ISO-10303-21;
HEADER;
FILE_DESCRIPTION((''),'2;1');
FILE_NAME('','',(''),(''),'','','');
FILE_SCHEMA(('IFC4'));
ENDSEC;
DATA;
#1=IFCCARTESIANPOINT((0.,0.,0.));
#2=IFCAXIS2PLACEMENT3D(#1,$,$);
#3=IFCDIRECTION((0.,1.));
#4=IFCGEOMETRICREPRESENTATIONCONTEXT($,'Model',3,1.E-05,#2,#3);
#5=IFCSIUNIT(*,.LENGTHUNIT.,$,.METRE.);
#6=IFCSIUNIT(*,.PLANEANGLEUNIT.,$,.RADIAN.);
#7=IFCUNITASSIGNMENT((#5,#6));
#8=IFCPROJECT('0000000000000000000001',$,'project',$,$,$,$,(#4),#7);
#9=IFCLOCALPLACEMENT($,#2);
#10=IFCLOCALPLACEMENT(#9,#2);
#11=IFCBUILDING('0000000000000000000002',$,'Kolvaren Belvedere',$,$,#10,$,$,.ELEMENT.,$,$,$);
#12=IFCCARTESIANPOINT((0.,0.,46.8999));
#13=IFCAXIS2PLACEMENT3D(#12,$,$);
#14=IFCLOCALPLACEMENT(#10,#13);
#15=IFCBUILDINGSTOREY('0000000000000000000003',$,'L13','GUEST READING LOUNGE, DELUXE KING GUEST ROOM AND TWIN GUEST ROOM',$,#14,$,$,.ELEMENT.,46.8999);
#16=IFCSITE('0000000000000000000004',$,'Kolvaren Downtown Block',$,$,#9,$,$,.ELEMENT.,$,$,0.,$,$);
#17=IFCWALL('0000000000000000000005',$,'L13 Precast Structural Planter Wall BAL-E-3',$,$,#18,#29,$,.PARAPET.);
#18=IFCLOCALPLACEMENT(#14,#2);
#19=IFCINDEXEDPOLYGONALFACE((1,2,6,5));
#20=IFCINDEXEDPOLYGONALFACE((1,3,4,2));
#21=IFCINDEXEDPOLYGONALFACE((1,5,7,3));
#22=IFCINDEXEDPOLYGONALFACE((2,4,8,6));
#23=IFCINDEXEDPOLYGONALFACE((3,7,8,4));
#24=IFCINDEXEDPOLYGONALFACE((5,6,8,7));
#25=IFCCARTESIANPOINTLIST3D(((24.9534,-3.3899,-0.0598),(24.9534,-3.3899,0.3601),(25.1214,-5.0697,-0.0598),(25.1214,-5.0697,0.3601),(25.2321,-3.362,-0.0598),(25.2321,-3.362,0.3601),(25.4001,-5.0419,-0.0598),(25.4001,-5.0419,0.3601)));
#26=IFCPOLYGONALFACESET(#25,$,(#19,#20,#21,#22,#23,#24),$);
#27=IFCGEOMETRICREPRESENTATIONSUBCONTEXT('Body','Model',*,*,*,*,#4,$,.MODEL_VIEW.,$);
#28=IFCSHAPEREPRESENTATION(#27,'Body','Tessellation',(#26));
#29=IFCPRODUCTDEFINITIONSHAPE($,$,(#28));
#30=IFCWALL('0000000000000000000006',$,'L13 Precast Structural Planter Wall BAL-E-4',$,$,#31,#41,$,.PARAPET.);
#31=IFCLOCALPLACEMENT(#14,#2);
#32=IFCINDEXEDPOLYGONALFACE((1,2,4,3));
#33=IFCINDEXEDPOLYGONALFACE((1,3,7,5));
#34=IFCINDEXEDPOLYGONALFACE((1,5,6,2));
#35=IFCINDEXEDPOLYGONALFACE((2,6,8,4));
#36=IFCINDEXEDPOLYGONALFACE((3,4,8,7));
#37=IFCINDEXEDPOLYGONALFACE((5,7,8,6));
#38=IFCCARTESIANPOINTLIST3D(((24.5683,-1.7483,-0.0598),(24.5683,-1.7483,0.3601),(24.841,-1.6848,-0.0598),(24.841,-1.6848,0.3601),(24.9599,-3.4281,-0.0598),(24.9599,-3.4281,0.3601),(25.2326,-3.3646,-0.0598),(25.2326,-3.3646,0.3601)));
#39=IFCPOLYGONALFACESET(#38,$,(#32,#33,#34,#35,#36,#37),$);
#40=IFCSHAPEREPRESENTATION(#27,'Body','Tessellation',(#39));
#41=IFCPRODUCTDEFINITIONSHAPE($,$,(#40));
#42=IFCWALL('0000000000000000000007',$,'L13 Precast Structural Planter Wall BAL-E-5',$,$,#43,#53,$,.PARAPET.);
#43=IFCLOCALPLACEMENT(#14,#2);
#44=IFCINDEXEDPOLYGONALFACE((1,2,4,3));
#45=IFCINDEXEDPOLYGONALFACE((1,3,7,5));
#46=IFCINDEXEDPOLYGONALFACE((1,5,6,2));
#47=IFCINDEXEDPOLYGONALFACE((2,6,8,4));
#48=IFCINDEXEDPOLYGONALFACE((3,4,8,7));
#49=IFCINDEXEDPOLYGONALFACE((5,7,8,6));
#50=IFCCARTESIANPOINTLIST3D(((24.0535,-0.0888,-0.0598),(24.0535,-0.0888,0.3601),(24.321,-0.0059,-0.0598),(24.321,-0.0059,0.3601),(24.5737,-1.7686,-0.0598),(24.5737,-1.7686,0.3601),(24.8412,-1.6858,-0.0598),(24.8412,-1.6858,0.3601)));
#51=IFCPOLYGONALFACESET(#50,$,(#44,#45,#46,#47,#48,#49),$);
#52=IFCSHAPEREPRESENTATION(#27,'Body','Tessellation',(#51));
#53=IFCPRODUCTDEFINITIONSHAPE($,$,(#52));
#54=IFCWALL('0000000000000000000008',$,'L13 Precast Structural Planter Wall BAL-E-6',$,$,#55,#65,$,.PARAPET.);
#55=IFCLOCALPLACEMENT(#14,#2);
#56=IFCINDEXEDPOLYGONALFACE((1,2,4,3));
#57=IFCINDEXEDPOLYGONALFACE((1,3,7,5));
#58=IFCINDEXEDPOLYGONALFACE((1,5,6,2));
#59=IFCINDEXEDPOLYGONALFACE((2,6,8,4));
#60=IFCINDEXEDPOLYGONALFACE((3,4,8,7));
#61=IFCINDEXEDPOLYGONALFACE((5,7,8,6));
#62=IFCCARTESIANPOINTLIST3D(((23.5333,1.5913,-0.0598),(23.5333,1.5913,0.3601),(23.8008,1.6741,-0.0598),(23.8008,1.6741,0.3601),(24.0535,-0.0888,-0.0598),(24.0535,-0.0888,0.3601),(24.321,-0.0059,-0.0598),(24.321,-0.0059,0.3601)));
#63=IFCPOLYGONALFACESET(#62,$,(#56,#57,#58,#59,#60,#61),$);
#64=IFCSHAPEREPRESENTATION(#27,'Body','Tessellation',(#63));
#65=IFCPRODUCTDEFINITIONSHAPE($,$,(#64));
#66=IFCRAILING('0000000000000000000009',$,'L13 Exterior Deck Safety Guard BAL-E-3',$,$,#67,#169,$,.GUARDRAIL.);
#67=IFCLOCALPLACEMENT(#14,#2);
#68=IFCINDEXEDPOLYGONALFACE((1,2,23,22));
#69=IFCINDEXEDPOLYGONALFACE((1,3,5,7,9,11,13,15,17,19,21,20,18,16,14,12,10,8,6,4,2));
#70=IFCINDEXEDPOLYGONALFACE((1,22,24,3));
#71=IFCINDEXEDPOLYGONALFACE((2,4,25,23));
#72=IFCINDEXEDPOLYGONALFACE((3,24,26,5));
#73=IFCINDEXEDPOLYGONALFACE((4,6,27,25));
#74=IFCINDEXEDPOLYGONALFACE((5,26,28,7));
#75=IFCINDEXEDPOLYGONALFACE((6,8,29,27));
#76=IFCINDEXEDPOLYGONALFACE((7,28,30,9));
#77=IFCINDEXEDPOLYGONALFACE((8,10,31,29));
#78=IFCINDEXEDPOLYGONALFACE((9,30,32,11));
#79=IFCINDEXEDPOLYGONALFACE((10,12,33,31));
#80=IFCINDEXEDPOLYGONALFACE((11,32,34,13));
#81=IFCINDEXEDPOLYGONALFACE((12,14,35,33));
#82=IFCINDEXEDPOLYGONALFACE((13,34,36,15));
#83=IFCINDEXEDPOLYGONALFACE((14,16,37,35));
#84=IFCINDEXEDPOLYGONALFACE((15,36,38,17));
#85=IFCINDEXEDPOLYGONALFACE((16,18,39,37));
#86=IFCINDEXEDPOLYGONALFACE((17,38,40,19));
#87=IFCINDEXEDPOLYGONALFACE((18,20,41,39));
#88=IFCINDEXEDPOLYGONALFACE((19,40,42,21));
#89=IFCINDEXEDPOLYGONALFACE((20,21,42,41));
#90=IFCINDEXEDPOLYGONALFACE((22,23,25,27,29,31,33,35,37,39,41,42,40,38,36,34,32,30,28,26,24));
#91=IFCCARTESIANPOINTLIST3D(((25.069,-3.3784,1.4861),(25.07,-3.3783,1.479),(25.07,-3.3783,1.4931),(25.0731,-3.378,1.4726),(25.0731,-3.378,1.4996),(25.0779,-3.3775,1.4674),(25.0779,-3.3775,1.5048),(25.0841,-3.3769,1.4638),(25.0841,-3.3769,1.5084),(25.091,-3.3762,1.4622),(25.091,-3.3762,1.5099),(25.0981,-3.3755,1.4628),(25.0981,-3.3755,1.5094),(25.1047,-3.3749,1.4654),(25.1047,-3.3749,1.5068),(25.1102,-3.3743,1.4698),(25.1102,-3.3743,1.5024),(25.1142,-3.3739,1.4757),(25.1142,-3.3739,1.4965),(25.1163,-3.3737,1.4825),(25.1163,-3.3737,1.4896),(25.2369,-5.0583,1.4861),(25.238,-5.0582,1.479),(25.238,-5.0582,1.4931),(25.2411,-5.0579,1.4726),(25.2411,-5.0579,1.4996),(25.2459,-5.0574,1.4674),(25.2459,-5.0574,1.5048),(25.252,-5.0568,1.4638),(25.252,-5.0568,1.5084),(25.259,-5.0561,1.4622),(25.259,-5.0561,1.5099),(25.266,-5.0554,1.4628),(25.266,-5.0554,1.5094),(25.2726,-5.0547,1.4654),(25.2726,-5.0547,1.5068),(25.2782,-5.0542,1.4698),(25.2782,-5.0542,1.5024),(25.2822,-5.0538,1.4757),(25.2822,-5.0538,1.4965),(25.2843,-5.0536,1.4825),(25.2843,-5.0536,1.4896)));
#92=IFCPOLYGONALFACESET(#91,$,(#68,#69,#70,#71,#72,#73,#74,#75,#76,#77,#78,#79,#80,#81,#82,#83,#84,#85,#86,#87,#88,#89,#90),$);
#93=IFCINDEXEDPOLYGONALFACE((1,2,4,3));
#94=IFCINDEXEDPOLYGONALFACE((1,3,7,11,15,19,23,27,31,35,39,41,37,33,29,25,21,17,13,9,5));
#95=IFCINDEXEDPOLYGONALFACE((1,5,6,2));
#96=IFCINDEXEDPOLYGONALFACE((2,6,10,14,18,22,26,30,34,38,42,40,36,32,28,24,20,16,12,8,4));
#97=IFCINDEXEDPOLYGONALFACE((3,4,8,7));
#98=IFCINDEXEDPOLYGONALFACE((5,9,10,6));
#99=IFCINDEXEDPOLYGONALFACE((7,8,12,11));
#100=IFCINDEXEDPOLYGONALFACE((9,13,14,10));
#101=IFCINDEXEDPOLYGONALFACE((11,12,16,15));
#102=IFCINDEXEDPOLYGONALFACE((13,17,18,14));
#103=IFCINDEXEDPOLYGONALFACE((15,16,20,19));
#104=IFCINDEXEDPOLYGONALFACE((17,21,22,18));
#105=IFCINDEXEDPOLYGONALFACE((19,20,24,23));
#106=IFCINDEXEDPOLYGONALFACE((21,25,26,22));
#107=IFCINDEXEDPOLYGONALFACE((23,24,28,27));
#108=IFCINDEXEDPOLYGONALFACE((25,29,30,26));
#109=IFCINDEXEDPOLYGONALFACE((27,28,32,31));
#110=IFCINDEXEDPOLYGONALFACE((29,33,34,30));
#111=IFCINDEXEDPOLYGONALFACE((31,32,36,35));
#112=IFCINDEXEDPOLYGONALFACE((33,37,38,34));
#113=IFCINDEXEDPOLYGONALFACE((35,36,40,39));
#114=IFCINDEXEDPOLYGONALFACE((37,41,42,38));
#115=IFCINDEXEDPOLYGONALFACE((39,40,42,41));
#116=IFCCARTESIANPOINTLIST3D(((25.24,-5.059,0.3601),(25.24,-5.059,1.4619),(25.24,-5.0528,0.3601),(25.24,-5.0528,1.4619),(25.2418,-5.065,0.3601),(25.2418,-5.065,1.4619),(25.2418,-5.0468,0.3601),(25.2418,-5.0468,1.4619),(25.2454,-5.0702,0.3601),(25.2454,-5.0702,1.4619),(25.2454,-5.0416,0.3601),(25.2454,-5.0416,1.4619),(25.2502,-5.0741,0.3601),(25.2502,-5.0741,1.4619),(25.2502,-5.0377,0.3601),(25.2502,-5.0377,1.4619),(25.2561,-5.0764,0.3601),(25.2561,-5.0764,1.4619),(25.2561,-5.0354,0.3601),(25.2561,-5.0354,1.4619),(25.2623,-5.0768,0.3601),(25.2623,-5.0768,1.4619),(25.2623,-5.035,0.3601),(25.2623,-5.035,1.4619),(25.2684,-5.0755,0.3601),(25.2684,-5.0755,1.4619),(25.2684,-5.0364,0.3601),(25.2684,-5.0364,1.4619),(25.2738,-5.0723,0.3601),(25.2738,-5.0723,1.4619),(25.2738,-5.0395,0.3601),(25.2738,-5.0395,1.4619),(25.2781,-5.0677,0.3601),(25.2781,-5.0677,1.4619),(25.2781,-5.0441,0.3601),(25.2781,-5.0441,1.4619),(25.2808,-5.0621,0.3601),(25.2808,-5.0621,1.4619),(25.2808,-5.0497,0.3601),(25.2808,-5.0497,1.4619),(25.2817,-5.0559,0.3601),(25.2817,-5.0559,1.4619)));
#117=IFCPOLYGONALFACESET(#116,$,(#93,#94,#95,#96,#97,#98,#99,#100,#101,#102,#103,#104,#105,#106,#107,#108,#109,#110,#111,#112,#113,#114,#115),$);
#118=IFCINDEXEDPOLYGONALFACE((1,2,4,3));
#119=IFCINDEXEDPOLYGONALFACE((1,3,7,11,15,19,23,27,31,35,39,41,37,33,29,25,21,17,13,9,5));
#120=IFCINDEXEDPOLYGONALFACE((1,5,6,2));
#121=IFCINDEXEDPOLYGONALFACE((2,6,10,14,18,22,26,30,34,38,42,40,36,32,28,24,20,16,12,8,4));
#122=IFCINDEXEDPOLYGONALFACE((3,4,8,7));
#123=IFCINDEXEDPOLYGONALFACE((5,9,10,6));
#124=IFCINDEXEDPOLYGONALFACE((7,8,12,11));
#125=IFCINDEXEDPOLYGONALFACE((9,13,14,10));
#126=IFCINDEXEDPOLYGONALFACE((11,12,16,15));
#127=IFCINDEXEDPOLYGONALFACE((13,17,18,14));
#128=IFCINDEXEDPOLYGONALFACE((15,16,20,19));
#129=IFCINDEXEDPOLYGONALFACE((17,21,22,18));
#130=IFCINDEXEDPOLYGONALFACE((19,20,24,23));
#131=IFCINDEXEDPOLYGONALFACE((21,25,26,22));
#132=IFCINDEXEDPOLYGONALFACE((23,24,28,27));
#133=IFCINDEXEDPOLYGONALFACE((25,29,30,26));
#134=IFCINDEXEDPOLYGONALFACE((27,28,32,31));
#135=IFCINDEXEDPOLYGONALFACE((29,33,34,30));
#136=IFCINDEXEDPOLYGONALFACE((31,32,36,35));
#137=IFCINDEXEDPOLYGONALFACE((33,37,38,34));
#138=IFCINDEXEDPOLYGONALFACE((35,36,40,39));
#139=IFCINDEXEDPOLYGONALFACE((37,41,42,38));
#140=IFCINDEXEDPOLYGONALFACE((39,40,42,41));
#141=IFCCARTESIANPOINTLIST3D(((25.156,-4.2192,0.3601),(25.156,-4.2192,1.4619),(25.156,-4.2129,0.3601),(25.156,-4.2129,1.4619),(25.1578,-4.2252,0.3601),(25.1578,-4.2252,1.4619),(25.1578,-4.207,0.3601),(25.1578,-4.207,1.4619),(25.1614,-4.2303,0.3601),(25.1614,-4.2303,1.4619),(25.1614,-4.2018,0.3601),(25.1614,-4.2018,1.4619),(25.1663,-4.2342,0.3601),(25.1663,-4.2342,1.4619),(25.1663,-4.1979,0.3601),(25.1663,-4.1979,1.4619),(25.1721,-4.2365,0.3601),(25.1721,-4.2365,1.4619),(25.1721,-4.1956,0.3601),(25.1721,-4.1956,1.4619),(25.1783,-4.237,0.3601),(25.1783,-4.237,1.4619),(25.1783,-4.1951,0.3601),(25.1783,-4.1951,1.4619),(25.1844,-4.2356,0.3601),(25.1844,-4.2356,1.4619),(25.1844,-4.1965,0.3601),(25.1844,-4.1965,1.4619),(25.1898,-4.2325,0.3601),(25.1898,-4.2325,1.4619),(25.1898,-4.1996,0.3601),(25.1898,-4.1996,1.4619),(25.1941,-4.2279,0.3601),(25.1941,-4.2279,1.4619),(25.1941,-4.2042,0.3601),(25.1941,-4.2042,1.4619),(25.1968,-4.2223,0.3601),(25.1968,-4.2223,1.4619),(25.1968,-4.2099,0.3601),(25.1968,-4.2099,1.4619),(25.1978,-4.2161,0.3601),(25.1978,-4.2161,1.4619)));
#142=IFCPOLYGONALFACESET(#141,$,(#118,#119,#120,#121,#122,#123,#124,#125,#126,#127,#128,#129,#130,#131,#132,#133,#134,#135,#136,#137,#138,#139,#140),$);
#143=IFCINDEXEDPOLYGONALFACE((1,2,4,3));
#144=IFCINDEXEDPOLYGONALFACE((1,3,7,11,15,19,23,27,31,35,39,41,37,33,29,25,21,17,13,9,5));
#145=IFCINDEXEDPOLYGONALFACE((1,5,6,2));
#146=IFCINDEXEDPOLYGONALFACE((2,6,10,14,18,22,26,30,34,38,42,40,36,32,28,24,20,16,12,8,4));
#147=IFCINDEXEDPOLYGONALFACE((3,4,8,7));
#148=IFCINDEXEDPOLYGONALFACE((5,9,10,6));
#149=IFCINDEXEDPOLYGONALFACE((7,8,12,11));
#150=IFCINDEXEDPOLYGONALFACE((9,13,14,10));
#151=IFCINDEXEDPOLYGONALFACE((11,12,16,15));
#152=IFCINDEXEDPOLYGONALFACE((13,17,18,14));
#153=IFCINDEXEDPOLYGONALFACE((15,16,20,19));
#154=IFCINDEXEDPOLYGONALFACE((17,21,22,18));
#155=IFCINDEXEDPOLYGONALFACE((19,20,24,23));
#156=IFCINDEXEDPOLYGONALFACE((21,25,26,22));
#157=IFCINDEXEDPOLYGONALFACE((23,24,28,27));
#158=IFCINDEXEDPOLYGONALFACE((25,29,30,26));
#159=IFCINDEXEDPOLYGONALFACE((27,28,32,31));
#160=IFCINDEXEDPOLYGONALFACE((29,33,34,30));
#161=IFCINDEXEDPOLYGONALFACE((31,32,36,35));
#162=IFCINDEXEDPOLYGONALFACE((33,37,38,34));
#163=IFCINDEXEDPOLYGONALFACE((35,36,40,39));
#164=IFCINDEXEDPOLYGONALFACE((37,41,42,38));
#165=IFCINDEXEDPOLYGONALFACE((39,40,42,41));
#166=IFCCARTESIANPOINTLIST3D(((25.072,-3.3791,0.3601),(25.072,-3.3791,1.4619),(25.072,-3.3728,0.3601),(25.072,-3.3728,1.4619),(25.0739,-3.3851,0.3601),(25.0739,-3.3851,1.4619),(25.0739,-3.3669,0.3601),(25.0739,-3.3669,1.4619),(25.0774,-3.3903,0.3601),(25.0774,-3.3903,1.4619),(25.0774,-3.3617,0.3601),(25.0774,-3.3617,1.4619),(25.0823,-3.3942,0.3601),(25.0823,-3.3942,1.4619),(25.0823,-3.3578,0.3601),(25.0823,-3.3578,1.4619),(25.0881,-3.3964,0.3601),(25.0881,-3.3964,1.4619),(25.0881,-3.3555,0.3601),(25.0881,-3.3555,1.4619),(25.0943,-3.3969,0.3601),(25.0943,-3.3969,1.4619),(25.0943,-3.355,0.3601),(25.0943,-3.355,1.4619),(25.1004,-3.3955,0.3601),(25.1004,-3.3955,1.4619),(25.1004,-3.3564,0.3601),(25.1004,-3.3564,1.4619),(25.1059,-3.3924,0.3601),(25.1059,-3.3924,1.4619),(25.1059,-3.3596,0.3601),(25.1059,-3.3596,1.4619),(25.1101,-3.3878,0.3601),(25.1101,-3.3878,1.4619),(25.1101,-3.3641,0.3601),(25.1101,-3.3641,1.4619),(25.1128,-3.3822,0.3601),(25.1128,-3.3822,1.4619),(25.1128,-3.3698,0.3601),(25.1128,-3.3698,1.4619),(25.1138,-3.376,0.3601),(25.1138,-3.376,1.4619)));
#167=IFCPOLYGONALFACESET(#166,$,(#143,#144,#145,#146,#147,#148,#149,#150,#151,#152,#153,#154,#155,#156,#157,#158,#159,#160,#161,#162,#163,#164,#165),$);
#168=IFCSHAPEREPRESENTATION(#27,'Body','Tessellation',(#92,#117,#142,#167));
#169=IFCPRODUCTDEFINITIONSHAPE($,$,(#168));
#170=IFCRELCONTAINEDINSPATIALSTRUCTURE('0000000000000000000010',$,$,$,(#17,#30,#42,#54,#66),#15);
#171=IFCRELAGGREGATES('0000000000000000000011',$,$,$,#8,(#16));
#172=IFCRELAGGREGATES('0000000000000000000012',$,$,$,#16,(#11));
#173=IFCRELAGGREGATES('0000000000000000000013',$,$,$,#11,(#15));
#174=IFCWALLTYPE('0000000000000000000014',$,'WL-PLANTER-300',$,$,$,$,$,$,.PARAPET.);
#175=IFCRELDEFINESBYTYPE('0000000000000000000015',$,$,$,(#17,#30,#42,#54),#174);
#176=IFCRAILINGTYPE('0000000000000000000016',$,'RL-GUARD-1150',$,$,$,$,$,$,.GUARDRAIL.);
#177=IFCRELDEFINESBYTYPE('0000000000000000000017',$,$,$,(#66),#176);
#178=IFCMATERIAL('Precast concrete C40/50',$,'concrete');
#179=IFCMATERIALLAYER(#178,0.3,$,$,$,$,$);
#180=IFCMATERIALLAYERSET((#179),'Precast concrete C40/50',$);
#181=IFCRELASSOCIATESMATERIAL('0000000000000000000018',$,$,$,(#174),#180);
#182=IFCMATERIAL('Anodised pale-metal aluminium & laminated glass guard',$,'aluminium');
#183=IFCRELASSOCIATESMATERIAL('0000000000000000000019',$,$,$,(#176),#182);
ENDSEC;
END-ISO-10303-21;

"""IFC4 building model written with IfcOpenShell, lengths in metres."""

from ifc_helpers import new_model, si_unit, direction, frame, frame_2d, origin, origin_2d, place, context, subcontext, project, spatial, rectangle, circle, extrude, material, layer, layer_set, type_object, element, save


model = new_model("IFC4")

# Units and contexts
model_context = context("Model", 3, precision=1e-05, world=origin(), true_north=direction((0.0, 1.0)))
body_context = subcontext(model_context, "Body", "Model", "MODEL_VIEW")
ifc_project = project(units=[si_unit("LENGTHUNIT", "METRE"), si_unit("PLANEANGLEUNIT", "RADIAN")], contexts=[model_context])

# Site, building, storey
site_placement = place(None, origin())
site = spatial("IfcSite", under=ifc_project, at=site_placement, Name="Kolvaren Downtown Block", CompositionType="ELEMENT", RefElevation=0.0)
building_placement = place(site_placement, origin())
building = spatial("IfcBuilding", under=site, at=building_placement, Name="Kolvaren Belvedere", CompositionType="ELEMENT")
storey_placement = place(building_placement, frame((0.0, 0.0, 46.8999)))
storey = spatial("IfcBuildingStorey", under=building, at=storey_placement, Name="L13", Description="GUEST READING LOUNGE, DELUXE KING GUEST ROOM AND TWIN GUEST ROOM", CompositionType="ELEMENT", Elevation=46.8999)

# Walls
ifc_material_1 = material(Name="Precast concrete C40/50", Category="concrete")
ifc_layer_1 = layer(ifc_material_1, 0.3)
ifc_layer_set_1 = layer_set([ifc_layer_1], Name="Precast concrete C40/50")
wall_type = type_object("IfcWallType", Name="WL-PLANTER-300", PredefinedType="PARAPET", material=ifc_layer_set_1)
wall_1_placement = place(storey_placement, frame((25.2607, -5.0559, -0.0598), z_axis=(0.0, 0.0, 1.0), x_axis=(-0.099489, 0.995039, 0.0)))
element("IfcWall", 1, at=wall_1_placement, inside=storey, type_object=wall_type, Name="L13 Precast Structural Planter Wall BAL-E-3", PredefinedType="PARAPET", context=body_context, shape_type="SweptSolid", body=[
    extrude(rectangle(XDim=1.6882, YDim=0.28, at=frame_2d((0.8442, 0.0))), origin(), (0.0, 0.0, 1.0), 0.4199),
])
wall_2_placement = place(storey_placement, frame((25.0962, -3.3962, -0.0598), z_axis=(0.0, 0.0, 1.0), x_axis=(-0.227019, 0.97389, 0.0)))
element("IfcWall", 2, at=wall_2_placement, inside=storey, type_object=wall_type, Name="L13 Precast Structural Planter Wall BAL-E-4", PredefinedType="PARAPET", context=body_context, shape_type="SweptSolid", body=[
    extrude(rectangle(XDim=1.7249, YDim=0.28, at=frame_2d((0.8623, 0.0))), origin(), (0.0, 0.0, 1.0), 0.4199),
])
wall_3_placement = place(storey_placement, frame((24.7075, -1.7273, -0.0598), z_axis=(0.0, 0.0, 1.0), x_axis=(-0.295832, 0.95524, 0.0)))
element("IfcWall", 3, at=wall_3_placement, inside=storey, type_object=wall_type, Name="L13 Precast Structural Planter Wall BAL-E-5", PredefinedType="PARAPET", context=body_context, shape_type="SweptSolid", body=[
    extrude(rectangle(XDim=1.7585, YDim=0.28, at=frame_2d((0.8794, 0.0))), origin(), (0.0, 0.0, 1.0), 0.4199),
])
wall_4_placement = place(storey_placement, frame((24.1873, -0.0474, -0.0598), z_axis=(0.0, 0.0, 1.0), x_axis=(-0.295792, 0.955252, 0.0)))
element("IfcWall", 4, at=wall_4_placement, inside=storey, type_object=wall_type, Name="L13 Precast Structural Planter Wall BAL-E-6", PredefinedType="PARAPET", context=body_context, shape_type="SweptSolid", body=[
    extrude(rectangle(XDim=1.7588, YDim=0.28, at=frame_2d((0.8794, 0.0))), origin(), (0.0, 0.0, 1.0), 0.4199),
])

# Railing
ifc_material_2 = material(Name="Anodised pale-metal aluminium & laminated glass guard", Category="aluminium")
railing_type = type_object("IfcRailingType", Name="RL-GUARD-1150", PredefinedType="GUARDRAIL", material=ifc_material_2)
railing_1_placement = place(storey_placement, frame((25.2607, -5.0559, 0.3601)))
element("IfcRailing", 5, at=railing_1_placement, inside=storey, type_object=railing_type, Name="L13 Exterior Deck Safety Guard BAL-E-3", PredefinedType="GUARDRAIL", context=body_context, shape_type="SweptSolid", body=[
    extrude(circle(Radius=0.0239, at=origin_2d()), frame((0.0, 0.0, 1.126), z_axis=(-0.099489, 0.995039, 0.0), x_axis=(-0.995039, -0.099489, 0.0)), (0.0, 0.0, 1.0), 1.6882),
    extrude(circle(Radius=0.021, at=origin_2d()), origin(), (0.0, 0.0, 1.0), 1.1018),
    extrude(circle(Radius=0.021, at=origin_2d()), frame((-0.084, 0.8398, 0.0)), (0.0, 0.0, 1.0), 1.1018),
    extrude(circle(Radius=0.021, at=origin_2d()), frame((-0.168, 1.6799, 0.0)), (0.0, 0.0, 1.0), 1.1018),
])

save(model, "model.ifc")
